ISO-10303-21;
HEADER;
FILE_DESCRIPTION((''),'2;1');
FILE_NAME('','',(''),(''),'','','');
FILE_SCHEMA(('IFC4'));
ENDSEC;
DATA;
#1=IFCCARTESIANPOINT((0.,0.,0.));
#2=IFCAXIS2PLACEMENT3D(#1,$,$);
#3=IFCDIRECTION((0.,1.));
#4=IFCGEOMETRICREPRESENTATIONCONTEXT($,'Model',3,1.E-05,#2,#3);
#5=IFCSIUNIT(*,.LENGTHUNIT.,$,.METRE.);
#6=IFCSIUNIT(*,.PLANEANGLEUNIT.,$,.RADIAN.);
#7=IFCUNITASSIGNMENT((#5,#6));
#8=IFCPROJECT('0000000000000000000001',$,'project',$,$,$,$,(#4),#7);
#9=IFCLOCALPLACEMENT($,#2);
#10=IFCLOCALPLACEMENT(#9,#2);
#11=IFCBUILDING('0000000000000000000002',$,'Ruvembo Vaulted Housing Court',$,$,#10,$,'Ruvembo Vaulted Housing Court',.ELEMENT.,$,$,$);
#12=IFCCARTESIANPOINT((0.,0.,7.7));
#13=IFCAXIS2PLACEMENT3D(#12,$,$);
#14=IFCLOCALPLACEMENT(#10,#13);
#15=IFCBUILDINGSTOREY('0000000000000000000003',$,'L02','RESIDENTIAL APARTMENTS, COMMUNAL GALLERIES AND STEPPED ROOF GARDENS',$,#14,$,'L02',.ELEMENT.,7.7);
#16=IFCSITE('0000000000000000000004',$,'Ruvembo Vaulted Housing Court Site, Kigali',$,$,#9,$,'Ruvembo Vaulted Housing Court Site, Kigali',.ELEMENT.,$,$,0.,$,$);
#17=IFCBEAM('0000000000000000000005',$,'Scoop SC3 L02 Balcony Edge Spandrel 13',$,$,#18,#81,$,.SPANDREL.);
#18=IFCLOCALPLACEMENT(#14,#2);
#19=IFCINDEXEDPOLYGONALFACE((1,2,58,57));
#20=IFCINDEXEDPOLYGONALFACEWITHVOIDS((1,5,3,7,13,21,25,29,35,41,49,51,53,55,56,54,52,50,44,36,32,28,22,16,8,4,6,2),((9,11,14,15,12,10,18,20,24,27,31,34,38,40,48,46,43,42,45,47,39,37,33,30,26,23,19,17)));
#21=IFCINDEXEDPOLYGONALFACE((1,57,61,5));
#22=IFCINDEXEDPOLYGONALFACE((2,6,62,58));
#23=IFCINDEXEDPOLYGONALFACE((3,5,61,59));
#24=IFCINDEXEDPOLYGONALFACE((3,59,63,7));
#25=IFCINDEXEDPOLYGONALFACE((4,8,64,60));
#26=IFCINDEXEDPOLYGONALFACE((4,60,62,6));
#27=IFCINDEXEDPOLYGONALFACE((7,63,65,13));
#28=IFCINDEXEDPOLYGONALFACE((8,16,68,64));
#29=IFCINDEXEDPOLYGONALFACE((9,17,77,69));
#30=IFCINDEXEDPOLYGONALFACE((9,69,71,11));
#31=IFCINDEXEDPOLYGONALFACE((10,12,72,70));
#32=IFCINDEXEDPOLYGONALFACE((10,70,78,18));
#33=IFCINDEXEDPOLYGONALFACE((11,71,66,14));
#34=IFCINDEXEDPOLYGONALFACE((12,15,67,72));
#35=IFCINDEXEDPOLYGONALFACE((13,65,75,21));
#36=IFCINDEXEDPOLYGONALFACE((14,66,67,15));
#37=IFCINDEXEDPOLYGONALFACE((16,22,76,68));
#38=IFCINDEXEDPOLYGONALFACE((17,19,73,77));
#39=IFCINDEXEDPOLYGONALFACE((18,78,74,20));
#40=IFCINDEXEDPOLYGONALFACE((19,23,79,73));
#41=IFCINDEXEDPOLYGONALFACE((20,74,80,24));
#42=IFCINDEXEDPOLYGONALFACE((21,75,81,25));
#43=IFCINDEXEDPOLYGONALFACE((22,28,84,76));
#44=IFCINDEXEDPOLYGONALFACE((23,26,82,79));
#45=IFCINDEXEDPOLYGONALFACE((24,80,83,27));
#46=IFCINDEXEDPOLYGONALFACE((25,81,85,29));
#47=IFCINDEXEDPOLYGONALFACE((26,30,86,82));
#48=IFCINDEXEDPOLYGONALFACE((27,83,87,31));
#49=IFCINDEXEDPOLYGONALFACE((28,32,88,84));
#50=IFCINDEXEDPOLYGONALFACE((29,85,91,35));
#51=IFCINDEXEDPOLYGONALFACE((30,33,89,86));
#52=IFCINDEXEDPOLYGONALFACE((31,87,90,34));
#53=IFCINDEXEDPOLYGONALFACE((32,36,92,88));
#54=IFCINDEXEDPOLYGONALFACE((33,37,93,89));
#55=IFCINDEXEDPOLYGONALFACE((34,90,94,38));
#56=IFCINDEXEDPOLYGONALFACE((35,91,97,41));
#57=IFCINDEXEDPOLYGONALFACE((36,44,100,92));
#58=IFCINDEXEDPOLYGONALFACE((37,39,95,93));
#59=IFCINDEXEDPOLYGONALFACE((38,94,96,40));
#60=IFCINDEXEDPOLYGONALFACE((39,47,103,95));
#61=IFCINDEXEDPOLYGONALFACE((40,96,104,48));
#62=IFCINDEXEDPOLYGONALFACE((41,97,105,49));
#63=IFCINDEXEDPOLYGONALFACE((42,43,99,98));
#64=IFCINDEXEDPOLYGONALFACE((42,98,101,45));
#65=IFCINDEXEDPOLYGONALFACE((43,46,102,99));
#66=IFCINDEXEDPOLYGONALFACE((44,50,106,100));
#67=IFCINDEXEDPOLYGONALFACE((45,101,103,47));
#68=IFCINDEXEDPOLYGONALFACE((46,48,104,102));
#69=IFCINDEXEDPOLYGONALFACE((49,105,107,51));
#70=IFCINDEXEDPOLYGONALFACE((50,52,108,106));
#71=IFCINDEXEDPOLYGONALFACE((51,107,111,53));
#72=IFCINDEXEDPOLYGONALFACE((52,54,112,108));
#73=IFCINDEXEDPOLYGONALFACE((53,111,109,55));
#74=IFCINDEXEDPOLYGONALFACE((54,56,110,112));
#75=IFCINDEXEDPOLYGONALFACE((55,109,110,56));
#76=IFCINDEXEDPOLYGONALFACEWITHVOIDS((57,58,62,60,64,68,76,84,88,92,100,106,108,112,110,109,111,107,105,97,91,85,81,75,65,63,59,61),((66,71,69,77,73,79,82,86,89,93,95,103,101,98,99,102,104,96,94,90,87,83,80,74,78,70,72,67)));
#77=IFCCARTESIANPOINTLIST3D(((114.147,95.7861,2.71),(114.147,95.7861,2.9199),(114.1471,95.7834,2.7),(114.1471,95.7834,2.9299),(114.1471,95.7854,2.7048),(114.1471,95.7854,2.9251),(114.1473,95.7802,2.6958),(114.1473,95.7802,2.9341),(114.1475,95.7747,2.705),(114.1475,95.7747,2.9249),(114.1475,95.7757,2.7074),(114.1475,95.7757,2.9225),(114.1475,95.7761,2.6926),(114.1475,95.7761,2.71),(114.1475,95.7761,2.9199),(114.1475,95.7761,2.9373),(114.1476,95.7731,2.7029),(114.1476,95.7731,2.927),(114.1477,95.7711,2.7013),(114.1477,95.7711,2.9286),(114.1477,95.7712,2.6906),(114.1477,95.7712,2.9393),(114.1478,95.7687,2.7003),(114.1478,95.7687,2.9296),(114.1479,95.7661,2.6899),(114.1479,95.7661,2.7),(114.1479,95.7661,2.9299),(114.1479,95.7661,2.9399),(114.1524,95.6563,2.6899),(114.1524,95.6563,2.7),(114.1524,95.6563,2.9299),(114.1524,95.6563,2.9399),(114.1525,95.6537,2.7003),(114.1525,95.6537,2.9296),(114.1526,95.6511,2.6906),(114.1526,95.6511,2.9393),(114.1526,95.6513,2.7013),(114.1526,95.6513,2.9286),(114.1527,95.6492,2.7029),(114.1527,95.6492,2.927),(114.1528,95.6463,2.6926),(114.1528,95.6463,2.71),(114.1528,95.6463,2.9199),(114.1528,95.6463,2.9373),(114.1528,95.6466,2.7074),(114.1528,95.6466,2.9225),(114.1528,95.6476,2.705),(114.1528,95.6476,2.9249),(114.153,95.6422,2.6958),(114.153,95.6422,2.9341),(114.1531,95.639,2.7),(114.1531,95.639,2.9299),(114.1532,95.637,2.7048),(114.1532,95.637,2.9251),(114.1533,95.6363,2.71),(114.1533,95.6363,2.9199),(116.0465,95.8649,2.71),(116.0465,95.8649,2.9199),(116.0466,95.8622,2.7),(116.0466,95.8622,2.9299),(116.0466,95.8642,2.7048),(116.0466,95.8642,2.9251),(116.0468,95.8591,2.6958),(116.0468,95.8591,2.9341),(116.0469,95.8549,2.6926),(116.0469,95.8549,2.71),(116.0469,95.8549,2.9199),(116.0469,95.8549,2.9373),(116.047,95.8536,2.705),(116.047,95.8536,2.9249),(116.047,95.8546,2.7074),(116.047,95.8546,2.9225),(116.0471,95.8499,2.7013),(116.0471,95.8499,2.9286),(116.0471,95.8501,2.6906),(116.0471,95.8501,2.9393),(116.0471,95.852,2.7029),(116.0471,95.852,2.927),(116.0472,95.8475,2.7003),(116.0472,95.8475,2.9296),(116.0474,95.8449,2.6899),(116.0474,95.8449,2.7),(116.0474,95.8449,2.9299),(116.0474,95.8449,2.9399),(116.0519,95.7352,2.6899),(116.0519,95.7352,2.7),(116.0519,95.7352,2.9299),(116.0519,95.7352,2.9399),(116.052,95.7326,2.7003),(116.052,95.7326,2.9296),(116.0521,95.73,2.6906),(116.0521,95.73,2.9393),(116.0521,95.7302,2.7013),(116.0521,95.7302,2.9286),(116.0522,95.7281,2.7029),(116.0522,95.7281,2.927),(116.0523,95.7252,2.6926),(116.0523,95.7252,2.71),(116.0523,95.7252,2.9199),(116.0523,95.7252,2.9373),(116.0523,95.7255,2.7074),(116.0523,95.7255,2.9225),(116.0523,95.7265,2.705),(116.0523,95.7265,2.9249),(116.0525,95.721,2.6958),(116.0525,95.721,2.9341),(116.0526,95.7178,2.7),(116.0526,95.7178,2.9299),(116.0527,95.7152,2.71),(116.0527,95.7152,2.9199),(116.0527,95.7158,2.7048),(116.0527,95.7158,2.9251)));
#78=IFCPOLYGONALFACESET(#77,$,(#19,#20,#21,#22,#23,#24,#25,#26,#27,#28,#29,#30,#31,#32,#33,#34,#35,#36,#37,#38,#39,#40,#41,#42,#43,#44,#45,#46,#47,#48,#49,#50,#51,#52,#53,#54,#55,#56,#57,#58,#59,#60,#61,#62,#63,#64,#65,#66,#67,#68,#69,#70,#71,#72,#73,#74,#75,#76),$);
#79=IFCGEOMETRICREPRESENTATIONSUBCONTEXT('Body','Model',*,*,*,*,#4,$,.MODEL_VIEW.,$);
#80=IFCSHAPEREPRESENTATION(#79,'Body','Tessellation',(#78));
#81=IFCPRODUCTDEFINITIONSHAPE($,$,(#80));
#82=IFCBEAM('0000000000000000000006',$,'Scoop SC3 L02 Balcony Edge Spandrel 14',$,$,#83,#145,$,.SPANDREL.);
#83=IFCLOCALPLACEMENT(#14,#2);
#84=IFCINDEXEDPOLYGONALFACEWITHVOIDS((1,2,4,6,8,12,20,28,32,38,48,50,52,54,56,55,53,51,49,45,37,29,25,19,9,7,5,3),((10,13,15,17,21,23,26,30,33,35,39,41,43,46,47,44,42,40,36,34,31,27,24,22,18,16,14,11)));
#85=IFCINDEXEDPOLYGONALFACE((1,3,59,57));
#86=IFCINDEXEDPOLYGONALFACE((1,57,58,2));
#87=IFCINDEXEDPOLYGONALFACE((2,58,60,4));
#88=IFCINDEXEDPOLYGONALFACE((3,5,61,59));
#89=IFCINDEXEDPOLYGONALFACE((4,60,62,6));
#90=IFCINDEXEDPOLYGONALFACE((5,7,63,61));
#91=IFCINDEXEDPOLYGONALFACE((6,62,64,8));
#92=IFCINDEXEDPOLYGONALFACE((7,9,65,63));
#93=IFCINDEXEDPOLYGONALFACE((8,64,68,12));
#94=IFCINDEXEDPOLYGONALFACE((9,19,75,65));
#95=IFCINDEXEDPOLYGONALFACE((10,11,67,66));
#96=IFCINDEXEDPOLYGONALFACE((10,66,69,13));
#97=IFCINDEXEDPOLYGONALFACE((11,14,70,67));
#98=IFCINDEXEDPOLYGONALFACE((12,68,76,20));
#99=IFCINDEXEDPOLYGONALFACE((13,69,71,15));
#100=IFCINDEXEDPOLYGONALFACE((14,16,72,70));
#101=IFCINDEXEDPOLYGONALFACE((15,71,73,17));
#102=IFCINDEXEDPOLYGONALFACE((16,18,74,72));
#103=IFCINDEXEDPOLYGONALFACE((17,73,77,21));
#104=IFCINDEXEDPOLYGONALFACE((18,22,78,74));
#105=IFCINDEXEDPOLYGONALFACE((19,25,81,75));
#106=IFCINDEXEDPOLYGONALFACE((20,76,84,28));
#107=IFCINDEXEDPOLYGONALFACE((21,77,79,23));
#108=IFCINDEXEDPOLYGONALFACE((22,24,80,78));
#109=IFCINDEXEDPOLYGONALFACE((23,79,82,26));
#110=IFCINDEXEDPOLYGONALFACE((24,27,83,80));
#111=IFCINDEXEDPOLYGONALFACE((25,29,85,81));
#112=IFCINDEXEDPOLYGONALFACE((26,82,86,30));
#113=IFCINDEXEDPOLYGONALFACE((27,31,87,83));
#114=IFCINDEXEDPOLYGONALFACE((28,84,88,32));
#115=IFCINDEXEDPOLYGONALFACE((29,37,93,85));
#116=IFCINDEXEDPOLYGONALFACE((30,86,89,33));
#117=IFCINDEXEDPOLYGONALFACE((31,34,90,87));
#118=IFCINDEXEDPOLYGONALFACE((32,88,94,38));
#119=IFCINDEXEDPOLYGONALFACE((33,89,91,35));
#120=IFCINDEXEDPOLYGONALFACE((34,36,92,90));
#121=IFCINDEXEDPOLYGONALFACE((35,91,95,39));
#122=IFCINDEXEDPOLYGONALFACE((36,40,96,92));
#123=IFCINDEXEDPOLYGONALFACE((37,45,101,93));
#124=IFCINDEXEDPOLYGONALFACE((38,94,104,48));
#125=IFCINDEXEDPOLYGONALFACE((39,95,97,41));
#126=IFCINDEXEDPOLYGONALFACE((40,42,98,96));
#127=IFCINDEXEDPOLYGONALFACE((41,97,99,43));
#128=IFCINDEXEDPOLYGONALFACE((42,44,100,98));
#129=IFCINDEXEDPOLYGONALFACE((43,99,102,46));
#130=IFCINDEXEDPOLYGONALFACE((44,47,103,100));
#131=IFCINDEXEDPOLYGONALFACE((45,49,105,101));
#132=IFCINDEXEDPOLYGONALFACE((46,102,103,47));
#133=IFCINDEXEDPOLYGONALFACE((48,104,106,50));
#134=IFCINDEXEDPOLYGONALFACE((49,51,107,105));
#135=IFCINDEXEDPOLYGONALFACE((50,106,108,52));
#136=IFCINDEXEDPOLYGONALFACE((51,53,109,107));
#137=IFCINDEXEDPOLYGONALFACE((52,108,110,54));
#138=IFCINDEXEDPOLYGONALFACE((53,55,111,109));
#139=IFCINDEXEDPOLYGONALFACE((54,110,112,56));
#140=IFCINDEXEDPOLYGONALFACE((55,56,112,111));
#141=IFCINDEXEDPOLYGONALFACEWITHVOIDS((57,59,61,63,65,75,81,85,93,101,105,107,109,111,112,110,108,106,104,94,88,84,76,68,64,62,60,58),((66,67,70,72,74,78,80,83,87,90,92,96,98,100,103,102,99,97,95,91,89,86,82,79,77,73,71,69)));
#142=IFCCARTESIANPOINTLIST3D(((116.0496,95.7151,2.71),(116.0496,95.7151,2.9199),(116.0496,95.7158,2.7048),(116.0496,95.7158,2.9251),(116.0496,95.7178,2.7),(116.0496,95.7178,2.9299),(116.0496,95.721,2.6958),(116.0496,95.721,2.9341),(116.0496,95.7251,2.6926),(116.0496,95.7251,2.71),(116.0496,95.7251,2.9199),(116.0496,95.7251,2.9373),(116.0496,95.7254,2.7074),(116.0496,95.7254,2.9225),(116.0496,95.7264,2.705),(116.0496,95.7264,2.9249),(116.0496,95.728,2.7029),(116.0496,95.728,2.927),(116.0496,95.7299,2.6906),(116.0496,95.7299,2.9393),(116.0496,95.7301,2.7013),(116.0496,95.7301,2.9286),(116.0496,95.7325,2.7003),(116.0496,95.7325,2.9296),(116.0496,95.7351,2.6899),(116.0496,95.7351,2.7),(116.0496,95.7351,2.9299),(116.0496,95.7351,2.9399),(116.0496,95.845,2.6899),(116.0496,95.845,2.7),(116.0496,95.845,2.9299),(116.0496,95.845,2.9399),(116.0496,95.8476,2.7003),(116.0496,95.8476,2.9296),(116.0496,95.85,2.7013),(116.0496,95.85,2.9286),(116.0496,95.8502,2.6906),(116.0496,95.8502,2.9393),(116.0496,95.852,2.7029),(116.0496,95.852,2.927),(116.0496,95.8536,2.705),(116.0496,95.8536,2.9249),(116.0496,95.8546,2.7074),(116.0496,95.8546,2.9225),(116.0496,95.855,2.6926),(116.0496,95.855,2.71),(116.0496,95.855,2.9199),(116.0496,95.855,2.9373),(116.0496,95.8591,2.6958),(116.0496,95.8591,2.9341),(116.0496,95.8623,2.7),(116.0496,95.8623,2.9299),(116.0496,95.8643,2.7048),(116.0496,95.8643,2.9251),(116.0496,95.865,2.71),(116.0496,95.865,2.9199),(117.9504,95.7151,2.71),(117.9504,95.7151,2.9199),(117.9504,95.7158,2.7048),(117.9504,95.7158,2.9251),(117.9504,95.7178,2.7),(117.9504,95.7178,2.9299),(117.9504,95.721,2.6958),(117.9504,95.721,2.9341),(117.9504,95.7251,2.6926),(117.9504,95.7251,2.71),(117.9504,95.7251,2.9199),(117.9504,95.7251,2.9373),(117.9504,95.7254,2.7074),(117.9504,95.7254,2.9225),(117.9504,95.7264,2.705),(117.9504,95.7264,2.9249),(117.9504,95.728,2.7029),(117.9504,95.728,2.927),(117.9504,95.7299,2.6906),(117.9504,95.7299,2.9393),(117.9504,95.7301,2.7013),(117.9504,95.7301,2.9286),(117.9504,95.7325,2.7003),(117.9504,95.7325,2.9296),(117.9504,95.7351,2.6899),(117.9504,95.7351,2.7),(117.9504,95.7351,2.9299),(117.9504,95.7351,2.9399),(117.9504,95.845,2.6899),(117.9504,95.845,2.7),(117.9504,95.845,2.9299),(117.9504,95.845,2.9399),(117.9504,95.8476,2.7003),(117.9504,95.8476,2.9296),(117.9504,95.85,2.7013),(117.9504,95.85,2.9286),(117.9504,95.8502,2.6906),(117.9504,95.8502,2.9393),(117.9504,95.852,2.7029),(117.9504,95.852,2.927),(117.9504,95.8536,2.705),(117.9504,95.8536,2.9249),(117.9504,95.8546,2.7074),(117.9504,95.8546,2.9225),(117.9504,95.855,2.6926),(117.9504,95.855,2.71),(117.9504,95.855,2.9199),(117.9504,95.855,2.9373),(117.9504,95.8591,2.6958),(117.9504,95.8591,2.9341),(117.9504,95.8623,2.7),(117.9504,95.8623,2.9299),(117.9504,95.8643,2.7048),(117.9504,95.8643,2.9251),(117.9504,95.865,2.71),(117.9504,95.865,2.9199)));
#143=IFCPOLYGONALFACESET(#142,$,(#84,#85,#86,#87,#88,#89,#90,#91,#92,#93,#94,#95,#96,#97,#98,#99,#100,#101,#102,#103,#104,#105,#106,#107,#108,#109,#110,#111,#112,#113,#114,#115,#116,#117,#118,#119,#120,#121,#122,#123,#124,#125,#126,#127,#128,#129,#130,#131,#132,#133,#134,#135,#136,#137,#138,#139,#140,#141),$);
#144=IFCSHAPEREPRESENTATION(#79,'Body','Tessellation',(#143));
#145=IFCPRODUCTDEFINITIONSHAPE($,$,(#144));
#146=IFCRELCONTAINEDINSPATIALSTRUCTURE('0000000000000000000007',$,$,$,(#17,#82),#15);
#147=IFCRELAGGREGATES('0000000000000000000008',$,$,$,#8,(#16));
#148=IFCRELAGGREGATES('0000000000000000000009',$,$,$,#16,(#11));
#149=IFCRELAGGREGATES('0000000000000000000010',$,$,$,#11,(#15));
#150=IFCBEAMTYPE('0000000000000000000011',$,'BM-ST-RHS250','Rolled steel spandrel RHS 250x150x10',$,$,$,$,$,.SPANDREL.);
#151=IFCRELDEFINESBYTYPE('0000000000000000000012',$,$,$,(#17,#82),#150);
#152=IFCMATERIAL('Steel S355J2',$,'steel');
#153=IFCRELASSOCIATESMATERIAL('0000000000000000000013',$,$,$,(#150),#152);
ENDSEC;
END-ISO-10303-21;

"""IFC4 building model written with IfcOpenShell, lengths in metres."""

from ifc_helpers import new_model, si_unit, direction, frame, origin, origin_2d, place, context, subcontext, project, spatial, hollow_rectangle, extrude, material, material_profile, profile_set, type_object, element, save


model = new_model("IFC4")

# Units and contexts
model_context = context("Model", 3, precision=1e-05, world=origin(), true_north=direction((0.0, 1.0)))
body_context = subcontext(model_context, "Body", "Model", "MODEL_VIEW")
ifc_project = project(units=[si_unit("LENGTHUNIT", "METRE"), si_unit("PLANEANGLEUNIT", "RADIAN")], contexts=[model_context])

# Site, building, storey
site_placement = place(None, origin())
site = spatial("IfcSite", under=ifc_project, at=site_placement, Name="Ruvembo Vaulted Housing Court Site, Kigali", LongName="Ruvembo Vaulted Housing Court Site, Kigali", CompositionType="ELEMENT", RefElevation=0.0)
building_placement = place(site_placement, origin())
building = spatial("IfcBuilding", under=site, at=building_placement, Name="Ruvembo Vaulted Housing Court", LongName="Ruvembo Vaulted Housing Court", CompositionType="ELEMENT")
storey_placement = place(building_placement, frame((0.0, 0.0, 7.7)))
storey = spatial("IfcBuildingStorey", under=building, at=storey_placement, Name="L02", Description="RESIDENTIAL APARTMENTS, COMMUNAL GALLERIES AND STEPPED ROOF GARDENS", LongName="L02", CompositionType="ELEMENT", Elevation=7.7)

# Beams
ifc_material_1 = material(Name="Steel S355J2", Category="steel")
ifc_material_profile_1 = material_profile(ifc_material_1, hollow_rectangle(XDim=0.1499, YDim=0.25, WallThickness=0.01, InnerFilletRadius=0.01, OuterFilletRadius=0.02, at=origin_2d()), Name="RHS 250x150x10")
ifc_profile_set_1 = profile_set([ifc_material_profile_1], Name="Steel S355J2")
beam_type = type_object("IfcBeamType", Name="BM-ST-RHS250", Description="Rolled steel spandrel RHS 250x150x10", PredefinedType="SPANDREL", material=ifc_profile_set_1)
beam_1_placement = place(storey_placement, frame((114.1501, 95.7112, 2.8149), z_axis=(0.999139, 0.041481, 0.0), x_axis=(-0.041481, 0.999139, 0.0)))
element("IfcBeam", 1, at=beam_1_placement, inside=storey, type_object=beam_type, Name="Scoop SC3 L02 Balcony Edge Spandrel 13", PredefinedType="SPANDREL", context=body_context, shape_type="SweptSolid", body=[
    extrude(hollow_rectangle(XDim=0.1499, YDim=0.25, WallThickness=0.01, InnerFilletRadius=0.01, OuterFilletRadius=0.02, at=origin_2d()), origin(), (0.0, 0.0, 1.0), 1.9011),
])
beam_2_placement = place(storey_placement, frame((116.0496, 95.79, 2.8149), z_axis=(1.0, 0.0, 0.0), x_axis=(0.0, 1.0, 0.0)))
element("IfcBeam", 2, at=beam_2_placement, inside=storey, type_object=beam_type, Name="Scoop SC3 L02 Balcony Edge Spandrel 14", PredefinedType="SPANDREL", context=body_context, shape_type="SweptSolid", body=[
    extrude(hollow_rectangle(XDim=0.1499, YDim=0.25, WallThickness=0.01, InnerFilletRadius=0.01, OuterFilletRadius=0.02, at=origin_2d()), origin(), (0.0, 0.0, 1.0), 1.9009),
])

save(model, "model.ifc")
